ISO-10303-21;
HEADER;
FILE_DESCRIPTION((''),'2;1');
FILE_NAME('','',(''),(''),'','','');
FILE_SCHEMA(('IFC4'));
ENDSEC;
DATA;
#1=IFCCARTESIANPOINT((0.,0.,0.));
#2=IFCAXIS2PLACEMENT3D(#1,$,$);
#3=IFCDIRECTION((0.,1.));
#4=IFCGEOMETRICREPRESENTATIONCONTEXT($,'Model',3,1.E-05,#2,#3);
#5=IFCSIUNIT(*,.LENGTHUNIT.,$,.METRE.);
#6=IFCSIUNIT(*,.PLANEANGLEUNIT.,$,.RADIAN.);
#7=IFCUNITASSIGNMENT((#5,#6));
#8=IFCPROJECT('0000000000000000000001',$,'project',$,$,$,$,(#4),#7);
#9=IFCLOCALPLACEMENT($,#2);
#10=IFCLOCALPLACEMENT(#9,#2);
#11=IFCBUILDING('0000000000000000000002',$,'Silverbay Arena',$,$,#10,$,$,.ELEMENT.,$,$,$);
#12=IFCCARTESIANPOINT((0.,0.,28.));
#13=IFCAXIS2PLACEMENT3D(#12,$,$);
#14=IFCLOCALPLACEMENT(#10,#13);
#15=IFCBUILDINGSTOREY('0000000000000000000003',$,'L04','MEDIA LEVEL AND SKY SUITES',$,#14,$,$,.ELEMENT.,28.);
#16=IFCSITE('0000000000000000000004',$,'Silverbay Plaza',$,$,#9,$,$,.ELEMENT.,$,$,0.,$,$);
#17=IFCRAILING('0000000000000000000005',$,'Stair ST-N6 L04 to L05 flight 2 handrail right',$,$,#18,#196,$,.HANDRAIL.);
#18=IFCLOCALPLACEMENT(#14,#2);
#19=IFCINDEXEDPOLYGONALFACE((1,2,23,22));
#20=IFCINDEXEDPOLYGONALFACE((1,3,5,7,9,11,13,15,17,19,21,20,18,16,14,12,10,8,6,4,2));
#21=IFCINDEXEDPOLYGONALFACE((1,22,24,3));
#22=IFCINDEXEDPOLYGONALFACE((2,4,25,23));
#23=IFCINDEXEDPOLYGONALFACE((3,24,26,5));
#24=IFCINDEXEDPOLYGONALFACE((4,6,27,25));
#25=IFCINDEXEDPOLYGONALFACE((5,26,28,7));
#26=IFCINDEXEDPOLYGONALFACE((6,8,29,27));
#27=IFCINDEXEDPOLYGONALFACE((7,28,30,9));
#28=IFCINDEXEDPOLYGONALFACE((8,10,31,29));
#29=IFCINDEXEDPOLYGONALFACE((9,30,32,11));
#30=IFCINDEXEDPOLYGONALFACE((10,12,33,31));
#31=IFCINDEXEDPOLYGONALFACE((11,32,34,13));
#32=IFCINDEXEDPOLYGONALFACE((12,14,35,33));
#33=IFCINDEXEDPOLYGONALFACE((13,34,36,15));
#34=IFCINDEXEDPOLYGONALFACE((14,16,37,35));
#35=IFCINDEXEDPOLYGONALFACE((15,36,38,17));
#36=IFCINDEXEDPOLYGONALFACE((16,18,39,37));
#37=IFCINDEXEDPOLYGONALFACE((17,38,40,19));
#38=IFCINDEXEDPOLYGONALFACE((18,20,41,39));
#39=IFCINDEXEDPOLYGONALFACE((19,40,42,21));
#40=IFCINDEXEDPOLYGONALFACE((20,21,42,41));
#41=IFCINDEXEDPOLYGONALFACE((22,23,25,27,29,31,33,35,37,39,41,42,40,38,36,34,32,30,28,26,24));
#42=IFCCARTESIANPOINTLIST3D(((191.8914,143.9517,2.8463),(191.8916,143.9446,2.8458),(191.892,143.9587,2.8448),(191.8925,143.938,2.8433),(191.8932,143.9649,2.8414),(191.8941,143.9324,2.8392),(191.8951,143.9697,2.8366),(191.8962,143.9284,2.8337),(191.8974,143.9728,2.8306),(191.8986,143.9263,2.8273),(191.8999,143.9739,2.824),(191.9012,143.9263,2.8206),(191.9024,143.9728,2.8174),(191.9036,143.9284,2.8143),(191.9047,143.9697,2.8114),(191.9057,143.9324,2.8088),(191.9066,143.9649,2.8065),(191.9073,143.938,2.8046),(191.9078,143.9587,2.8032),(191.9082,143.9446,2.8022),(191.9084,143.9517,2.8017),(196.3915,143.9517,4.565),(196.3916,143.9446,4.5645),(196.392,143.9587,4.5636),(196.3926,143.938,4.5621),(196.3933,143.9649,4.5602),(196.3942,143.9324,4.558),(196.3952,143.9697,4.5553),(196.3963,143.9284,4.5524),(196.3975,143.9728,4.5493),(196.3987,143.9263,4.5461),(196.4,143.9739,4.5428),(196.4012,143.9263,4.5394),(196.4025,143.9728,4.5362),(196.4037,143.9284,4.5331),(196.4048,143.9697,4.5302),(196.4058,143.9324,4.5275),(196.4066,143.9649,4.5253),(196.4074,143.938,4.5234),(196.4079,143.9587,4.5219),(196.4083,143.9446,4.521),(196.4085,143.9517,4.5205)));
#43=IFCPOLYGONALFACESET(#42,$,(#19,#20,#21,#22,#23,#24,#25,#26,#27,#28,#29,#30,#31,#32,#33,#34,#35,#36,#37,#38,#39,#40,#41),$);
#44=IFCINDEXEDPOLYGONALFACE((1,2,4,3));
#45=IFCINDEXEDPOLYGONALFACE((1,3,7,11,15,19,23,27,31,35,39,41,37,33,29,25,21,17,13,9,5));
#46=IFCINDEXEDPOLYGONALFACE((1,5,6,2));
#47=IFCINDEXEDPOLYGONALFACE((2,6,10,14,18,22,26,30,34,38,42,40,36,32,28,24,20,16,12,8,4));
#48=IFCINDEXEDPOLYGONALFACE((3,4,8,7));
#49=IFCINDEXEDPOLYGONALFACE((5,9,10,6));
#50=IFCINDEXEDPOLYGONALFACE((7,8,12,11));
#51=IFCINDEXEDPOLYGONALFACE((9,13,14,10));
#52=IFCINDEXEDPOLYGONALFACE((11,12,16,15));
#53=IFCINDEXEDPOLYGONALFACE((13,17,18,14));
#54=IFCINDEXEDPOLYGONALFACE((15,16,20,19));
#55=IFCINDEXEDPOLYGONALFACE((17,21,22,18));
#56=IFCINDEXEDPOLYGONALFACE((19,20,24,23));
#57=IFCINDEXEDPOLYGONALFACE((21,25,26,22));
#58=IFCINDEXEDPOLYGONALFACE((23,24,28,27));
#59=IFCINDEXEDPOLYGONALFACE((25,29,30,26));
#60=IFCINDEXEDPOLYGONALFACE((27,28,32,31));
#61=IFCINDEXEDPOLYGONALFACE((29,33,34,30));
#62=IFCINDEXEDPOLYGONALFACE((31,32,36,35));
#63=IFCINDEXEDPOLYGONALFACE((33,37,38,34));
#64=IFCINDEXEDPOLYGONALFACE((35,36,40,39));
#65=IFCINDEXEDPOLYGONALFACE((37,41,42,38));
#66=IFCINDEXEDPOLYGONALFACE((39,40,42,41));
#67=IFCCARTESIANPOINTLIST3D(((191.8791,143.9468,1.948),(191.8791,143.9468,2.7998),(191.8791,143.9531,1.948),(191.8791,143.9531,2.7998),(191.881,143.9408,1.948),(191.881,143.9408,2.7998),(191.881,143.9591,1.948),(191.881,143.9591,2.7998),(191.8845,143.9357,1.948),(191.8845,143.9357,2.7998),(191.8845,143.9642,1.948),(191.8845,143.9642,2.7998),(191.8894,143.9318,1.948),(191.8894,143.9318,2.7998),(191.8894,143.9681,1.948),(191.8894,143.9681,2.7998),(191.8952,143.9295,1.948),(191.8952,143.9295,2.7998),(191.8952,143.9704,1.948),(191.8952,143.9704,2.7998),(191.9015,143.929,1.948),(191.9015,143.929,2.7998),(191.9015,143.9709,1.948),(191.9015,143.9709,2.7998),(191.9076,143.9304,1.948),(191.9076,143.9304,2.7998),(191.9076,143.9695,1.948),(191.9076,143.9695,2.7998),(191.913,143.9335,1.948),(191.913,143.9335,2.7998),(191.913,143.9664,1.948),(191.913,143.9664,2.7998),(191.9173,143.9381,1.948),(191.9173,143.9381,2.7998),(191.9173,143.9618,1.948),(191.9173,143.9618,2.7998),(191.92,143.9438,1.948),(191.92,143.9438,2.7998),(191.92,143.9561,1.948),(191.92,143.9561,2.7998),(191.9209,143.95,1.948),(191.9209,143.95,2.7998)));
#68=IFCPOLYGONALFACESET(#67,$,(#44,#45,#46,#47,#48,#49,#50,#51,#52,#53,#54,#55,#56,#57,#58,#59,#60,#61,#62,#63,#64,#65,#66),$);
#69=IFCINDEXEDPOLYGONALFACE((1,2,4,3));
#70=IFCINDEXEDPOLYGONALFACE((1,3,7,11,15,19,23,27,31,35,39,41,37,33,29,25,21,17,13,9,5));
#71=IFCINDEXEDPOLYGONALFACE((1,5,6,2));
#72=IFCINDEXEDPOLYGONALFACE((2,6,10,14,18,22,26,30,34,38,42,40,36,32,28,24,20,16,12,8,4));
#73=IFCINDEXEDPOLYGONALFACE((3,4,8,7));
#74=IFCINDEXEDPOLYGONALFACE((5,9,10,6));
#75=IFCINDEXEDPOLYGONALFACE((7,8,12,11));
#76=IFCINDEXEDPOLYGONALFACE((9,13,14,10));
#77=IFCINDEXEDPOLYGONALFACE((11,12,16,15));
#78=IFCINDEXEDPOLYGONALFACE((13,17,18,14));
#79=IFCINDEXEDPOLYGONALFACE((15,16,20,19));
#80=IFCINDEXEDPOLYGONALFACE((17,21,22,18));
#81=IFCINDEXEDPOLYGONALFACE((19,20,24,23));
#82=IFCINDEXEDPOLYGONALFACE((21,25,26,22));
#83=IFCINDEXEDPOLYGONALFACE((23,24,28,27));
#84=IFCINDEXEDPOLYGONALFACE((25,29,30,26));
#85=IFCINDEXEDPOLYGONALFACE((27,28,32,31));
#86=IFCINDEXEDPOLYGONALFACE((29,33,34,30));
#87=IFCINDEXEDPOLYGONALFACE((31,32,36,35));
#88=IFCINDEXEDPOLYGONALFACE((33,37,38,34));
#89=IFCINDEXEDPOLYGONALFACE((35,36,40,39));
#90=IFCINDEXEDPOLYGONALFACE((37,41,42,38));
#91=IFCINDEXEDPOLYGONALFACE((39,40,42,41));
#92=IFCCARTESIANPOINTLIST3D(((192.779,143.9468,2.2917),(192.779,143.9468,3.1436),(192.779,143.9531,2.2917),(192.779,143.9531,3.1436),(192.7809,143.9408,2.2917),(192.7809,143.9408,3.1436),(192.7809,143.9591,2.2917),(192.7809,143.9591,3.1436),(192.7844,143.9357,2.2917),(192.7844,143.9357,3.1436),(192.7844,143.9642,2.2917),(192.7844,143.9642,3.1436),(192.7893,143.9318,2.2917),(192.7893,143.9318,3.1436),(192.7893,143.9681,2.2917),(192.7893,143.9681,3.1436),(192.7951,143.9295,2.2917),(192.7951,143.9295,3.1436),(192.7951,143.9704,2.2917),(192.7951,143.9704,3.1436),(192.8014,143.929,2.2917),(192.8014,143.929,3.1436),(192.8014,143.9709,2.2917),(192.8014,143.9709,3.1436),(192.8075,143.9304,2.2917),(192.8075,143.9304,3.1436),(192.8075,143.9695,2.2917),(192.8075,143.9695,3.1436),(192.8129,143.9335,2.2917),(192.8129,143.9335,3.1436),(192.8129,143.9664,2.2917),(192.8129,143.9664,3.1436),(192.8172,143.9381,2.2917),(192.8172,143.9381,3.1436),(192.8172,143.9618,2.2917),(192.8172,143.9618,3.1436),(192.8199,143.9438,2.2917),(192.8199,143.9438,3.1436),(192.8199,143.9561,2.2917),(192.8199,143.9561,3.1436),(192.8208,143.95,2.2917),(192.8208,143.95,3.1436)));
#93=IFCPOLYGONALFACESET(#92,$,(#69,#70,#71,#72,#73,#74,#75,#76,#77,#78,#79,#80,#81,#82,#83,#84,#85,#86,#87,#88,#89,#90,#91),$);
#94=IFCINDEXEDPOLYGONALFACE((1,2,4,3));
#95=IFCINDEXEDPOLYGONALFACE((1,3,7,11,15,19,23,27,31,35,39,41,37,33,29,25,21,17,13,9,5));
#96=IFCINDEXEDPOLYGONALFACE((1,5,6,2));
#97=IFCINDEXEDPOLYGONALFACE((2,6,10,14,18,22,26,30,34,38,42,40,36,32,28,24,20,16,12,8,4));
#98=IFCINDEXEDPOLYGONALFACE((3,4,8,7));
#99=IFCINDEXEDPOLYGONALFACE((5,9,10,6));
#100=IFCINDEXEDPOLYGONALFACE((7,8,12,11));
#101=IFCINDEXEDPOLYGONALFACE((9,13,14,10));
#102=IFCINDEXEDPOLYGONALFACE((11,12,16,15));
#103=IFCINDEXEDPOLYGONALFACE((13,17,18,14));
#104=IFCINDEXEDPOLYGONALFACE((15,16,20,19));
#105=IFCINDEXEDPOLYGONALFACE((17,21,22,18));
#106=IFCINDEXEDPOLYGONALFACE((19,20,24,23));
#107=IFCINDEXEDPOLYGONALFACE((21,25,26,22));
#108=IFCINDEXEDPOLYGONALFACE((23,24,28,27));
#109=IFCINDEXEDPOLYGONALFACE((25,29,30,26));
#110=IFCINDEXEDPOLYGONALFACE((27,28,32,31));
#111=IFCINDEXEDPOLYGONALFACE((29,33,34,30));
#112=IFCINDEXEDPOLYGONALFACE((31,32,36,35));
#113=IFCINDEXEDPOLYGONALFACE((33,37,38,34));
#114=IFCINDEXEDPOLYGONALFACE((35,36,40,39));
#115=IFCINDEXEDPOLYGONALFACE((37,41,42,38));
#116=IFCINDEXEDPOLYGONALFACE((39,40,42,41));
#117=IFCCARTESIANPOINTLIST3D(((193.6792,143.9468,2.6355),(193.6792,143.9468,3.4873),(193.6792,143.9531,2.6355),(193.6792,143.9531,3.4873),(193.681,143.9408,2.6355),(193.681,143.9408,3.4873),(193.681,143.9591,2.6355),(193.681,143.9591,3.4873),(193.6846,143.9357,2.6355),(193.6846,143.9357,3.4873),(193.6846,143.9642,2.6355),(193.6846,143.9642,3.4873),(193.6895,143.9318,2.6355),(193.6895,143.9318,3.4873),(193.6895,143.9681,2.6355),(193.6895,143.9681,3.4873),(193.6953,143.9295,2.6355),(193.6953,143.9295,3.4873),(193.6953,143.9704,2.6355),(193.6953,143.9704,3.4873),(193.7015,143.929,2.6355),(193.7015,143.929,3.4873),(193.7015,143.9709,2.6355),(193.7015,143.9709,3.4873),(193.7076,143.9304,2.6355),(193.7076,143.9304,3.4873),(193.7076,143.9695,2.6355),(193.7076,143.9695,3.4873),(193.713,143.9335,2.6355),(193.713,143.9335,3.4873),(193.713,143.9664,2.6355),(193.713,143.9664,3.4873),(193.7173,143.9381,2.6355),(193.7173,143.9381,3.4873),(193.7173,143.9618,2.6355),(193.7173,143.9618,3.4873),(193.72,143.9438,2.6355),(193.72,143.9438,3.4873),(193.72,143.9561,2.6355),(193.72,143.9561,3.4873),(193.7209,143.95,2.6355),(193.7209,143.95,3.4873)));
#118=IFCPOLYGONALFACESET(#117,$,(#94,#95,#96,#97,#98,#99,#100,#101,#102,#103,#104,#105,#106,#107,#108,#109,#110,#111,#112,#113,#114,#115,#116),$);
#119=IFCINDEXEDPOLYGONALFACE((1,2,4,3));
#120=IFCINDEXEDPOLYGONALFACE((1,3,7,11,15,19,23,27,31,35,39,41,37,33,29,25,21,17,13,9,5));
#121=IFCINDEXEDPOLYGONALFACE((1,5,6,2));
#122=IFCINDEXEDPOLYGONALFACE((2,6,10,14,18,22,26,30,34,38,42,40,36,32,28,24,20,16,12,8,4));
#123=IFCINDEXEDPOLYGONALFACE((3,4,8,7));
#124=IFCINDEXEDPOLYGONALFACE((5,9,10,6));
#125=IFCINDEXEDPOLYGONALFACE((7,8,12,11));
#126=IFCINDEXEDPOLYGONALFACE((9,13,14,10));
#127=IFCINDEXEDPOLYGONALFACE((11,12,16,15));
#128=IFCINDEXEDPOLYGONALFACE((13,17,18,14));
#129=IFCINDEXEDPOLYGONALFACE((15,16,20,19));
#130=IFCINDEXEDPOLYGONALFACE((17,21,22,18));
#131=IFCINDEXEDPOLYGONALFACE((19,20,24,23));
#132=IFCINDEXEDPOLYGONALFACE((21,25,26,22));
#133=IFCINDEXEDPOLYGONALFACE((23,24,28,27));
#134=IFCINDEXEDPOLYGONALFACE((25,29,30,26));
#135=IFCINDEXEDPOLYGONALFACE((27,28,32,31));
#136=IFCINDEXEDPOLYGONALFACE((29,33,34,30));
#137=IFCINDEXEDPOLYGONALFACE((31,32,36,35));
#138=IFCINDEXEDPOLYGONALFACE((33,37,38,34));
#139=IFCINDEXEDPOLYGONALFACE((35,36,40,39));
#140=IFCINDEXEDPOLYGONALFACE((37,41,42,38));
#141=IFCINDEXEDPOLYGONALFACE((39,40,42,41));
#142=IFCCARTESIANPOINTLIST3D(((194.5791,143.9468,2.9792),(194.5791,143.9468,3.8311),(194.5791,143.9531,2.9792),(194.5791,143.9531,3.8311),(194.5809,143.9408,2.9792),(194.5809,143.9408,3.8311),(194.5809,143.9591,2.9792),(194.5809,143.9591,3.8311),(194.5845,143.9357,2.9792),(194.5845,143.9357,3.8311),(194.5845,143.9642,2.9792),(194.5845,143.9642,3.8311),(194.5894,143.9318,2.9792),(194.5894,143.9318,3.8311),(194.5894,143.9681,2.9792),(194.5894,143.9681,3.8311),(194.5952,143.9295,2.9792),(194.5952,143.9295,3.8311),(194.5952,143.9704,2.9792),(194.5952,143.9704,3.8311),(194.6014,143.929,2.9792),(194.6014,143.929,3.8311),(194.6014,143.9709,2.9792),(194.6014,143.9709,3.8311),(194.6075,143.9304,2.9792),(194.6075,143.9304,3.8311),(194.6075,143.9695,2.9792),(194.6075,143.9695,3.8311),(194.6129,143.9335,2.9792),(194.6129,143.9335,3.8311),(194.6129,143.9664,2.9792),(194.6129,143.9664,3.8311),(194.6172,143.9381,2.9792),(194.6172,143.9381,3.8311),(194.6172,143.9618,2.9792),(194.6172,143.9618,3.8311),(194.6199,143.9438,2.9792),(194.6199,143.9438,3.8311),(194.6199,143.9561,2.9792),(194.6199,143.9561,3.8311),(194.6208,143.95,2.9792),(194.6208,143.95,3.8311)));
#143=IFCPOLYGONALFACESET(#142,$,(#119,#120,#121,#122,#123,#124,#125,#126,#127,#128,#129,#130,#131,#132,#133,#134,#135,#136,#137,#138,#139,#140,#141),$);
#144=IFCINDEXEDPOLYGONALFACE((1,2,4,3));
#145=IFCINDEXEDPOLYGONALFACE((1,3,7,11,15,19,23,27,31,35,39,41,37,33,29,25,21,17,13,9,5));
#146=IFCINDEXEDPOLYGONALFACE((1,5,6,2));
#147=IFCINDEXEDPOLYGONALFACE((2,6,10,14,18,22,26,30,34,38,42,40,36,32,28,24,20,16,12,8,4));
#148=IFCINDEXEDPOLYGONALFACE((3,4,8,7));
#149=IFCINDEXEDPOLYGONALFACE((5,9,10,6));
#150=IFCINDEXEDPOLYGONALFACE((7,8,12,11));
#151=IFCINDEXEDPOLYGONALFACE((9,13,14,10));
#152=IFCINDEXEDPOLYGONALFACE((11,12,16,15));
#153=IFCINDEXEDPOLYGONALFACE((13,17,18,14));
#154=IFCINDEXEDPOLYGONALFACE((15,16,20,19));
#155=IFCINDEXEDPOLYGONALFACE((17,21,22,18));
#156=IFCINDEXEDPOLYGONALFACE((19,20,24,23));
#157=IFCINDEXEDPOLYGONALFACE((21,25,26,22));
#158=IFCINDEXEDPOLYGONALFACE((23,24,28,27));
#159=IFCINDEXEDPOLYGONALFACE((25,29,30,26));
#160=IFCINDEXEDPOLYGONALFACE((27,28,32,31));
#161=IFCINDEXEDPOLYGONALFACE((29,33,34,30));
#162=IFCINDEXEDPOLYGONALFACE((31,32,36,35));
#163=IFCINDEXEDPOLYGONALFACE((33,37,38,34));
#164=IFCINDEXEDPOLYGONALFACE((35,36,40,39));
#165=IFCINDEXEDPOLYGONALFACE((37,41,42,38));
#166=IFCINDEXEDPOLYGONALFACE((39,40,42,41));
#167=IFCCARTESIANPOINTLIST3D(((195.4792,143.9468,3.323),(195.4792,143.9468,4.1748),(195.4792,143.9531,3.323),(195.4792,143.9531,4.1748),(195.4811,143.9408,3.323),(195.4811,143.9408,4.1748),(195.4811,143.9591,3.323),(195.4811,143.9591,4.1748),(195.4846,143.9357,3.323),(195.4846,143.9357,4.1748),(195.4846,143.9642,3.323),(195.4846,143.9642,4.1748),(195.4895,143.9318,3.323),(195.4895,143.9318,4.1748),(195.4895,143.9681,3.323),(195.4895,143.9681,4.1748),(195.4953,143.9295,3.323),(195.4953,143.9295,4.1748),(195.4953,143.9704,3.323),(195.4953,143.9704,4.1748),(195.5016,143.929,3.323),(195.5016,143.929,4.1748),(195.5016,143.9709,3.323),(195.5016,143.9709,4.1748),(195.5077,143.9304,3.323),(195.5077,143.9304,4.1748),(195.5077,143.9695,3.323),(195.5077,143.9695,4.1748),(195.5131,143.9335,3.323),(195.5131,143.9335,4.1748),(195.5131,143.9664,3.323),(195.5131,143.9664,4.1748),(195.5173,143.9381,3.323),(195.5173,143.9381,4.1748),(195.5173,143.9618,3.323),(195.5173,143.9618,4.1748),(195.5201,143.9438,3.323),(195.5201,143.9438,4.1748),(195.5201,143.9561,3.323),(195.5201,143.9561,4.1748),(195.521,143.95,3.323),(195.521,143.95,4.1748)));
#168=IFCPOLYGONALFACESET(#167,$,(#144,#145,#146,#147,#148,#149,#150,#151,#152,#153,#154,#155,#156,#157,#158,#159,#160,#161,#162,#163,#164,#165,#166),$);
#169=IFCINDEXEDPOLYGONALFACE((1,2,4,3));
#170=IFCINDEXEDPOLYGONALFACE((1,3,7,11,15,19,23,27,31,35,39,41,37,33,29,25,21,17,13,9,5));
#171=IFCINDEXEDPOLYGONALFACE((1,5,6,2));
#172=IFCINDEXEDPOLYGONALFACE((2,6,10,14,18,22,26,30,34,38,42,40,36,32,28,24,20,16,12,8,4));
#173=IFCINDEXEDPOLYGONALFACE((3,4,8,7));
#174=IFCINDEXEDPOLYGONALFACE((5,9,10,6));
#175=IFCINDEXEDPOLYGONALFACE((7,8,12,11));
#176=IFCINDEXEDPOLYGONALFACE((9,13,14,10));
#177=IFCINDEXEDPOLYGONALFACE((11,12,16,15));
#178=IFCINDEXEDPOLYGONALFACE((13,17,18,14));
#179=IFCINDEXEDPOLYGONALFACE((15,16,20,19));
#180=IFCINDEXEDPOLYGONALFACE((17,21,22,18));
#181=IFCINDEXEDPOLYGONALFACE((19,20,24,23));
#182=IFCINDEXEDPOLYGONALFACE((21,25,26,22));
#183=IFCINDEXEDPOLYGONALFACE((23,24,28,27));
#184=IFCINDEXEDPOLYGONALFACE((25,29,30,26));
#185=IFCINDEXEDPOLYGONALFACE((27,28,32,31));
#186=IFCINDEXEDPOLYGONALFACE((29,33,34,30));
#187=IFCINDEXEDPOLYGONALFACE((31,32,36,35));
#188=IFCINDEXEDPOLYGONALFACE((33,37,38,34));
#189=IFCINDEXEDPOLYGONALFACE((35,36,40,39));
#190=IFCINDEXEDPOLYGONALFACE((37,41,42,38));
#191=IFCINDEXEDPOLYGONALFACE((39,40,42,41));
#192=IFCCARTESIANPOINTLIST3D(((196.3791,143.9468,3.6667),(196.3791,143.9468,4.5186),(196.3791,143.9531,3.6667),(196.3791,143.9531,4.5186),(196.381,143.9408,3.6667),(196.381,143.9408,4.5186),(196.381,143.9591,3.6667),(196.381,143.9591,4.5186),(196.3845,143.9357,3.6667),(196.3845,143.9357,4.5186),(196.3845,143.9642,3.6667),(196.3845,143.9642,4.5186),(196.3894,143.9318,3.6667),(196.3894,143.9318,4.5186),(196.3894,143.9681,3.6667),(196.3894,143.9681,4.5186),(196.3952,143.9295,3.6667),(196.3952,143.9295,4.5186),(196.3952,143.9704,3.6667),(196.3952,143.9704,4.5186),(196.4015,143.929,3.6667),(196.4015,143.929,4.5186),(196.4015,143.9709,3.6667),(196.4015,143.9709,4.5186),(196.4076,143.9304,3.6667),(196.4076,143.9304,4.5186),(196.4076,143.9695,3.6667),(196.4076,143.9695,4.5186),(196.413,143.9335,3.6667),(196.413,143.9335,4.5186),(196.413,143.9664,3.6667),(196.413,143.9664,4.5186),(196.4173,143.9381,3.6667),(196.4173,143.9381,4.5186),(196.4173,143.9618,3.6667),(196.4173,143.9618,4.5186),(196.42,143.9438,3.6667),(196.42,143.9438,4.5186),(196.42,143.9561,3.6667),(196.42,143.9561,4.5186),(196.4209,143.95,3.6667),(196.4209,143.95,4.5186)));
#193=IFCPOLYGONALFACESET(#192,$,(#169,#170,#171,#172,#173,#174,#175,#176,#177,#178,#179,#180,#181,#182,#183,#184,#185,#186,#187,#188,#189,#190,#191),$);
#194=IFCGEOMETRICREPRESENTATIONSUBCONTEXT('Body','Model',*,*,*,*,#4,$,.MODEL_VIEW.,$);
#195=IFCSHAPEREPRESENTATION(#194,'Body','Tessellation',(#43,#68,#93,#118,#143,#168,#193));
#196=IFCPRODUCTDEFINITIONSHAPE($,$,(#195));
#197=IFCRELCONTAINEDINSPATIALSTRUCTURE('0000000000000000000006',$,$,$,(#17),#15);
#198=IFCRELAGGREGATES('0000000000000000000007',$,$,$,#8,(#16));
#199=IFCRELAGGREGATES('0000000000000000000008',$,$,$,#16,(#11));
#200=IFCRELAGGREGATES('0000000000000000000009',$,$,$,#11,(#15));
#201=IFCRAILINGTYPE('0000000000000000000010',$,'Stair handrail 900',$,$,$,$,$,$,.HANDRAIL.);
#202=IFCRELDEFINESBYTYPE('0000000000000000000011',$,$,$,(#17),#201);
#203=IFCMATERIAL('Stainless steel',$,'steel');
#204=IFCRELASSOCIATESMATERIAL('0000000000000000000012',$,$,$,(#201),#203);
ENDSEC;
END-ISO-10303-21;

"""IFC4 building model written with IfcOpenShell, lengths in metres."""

from ifc_helpers import new_model, si_unit, direction, frame, origin, origin_2d, place, context, subcontext, project, spatial, circle, extrude, material, type_object, element, save


model = new_model("IFC4")

# Units and contexts
model_context = context("Model", 3, precision=1e-05, world=origin(), true_north=direction((0.0, 1.0)))
body_context = subcontext(model_context, "Body", "Model", "MODEL_VIEW")
ifc_project = project(units=[si_unit("LENGTHUNIT", "METRE"), si_unit("PLANEANGLEUNIT", "RADIAN")], contexts=[model_context])

# Site, building, storey
site_placement = place(None, origin())
site = spatial("IfcSite", under=ifc_project, at=site_placement, Name="Silverbay Plaza", CompositionType="ELEMENT", RefElevation=0.0)
building_placement = place(site_placement, origin())
building = spatial("IfcBuilding", under=site, at=building_placement, Name="Silverbay Arena", CompositionType="ELEMENT")
storey_placement = place(building_placement, frame((0.0, 0.0, 28.0)))
storey = spatial("IfcBuildingStorey", under=building, at=storey_placement, Name="L04", Description="MEDIA LEVEL AND SKY SUITES", CompositionType="ELEMENT", Elevation=28.0)

# Railing
ifc_material_1 = material(Name="Stainless steel", Category="steel")
railing_type_1 = type_object("IfcRailingType", Name="Stair handrail 900", PredefinedType="HANDRAIL", material=ifc_material_1)
for number, where, name in (
    (1, (191.8999, 143.95, 1.948), "Stair ST-N6 L04 to L05 flight 2 handrail right"),
):
    element("IfcRailing", number, at=place(storey_placement, frame(where)), inside=storey, type_object=railing_type_1, Name=name, PredefinedType="HANDRAIL", context=body_context, shape_type="SweptSolid", body=[
        extrude(circle(Radius=0.0239, at=origin_2d()), frame((0.0, 0.0, 0.876), z_axis=(0.934179, 0.0, 0.356805), x_axis=(0.0, 1.0, 0.0)), (0.0, 0.0, 1.0), 4.8171),
        extrude(circle(Radius=0.021, at=origin_2d()), origin(), (0.0, 0.0, 1.0), 0.8518),
        extrude(circle(Radius=0.021, at=origin_2d()), frame((0.8999, 0.0, 0.3438)), (0.0, 0.0, 1.0), 0.8518),
        extrude(circle(Radius=0.021, at=origin_2d()), frame((1.8, 0.0, 0.6875)), (0.0, 0.0, 1.0), 0.8518),
        extrude(circle(Radius=0.021, at=origin_2d()), frame((2.7, 0.0, 1.0312)), (0.0, 0.0, 1.0), 0.8518),
        extrude(circle(Radius=0.021, at=origin_2d()), frame((3.6001, 0.0, 1.375)), (0.0, 0.0, 1.0), 0.8518),
        extrude(circle(Radius=0.021, at=origin_2d()), frame((4.5, 0.0, 1.7188)), (0.0, 0.0, 1.0), 0.8518),
    ])

save(model, "model.ifc")
